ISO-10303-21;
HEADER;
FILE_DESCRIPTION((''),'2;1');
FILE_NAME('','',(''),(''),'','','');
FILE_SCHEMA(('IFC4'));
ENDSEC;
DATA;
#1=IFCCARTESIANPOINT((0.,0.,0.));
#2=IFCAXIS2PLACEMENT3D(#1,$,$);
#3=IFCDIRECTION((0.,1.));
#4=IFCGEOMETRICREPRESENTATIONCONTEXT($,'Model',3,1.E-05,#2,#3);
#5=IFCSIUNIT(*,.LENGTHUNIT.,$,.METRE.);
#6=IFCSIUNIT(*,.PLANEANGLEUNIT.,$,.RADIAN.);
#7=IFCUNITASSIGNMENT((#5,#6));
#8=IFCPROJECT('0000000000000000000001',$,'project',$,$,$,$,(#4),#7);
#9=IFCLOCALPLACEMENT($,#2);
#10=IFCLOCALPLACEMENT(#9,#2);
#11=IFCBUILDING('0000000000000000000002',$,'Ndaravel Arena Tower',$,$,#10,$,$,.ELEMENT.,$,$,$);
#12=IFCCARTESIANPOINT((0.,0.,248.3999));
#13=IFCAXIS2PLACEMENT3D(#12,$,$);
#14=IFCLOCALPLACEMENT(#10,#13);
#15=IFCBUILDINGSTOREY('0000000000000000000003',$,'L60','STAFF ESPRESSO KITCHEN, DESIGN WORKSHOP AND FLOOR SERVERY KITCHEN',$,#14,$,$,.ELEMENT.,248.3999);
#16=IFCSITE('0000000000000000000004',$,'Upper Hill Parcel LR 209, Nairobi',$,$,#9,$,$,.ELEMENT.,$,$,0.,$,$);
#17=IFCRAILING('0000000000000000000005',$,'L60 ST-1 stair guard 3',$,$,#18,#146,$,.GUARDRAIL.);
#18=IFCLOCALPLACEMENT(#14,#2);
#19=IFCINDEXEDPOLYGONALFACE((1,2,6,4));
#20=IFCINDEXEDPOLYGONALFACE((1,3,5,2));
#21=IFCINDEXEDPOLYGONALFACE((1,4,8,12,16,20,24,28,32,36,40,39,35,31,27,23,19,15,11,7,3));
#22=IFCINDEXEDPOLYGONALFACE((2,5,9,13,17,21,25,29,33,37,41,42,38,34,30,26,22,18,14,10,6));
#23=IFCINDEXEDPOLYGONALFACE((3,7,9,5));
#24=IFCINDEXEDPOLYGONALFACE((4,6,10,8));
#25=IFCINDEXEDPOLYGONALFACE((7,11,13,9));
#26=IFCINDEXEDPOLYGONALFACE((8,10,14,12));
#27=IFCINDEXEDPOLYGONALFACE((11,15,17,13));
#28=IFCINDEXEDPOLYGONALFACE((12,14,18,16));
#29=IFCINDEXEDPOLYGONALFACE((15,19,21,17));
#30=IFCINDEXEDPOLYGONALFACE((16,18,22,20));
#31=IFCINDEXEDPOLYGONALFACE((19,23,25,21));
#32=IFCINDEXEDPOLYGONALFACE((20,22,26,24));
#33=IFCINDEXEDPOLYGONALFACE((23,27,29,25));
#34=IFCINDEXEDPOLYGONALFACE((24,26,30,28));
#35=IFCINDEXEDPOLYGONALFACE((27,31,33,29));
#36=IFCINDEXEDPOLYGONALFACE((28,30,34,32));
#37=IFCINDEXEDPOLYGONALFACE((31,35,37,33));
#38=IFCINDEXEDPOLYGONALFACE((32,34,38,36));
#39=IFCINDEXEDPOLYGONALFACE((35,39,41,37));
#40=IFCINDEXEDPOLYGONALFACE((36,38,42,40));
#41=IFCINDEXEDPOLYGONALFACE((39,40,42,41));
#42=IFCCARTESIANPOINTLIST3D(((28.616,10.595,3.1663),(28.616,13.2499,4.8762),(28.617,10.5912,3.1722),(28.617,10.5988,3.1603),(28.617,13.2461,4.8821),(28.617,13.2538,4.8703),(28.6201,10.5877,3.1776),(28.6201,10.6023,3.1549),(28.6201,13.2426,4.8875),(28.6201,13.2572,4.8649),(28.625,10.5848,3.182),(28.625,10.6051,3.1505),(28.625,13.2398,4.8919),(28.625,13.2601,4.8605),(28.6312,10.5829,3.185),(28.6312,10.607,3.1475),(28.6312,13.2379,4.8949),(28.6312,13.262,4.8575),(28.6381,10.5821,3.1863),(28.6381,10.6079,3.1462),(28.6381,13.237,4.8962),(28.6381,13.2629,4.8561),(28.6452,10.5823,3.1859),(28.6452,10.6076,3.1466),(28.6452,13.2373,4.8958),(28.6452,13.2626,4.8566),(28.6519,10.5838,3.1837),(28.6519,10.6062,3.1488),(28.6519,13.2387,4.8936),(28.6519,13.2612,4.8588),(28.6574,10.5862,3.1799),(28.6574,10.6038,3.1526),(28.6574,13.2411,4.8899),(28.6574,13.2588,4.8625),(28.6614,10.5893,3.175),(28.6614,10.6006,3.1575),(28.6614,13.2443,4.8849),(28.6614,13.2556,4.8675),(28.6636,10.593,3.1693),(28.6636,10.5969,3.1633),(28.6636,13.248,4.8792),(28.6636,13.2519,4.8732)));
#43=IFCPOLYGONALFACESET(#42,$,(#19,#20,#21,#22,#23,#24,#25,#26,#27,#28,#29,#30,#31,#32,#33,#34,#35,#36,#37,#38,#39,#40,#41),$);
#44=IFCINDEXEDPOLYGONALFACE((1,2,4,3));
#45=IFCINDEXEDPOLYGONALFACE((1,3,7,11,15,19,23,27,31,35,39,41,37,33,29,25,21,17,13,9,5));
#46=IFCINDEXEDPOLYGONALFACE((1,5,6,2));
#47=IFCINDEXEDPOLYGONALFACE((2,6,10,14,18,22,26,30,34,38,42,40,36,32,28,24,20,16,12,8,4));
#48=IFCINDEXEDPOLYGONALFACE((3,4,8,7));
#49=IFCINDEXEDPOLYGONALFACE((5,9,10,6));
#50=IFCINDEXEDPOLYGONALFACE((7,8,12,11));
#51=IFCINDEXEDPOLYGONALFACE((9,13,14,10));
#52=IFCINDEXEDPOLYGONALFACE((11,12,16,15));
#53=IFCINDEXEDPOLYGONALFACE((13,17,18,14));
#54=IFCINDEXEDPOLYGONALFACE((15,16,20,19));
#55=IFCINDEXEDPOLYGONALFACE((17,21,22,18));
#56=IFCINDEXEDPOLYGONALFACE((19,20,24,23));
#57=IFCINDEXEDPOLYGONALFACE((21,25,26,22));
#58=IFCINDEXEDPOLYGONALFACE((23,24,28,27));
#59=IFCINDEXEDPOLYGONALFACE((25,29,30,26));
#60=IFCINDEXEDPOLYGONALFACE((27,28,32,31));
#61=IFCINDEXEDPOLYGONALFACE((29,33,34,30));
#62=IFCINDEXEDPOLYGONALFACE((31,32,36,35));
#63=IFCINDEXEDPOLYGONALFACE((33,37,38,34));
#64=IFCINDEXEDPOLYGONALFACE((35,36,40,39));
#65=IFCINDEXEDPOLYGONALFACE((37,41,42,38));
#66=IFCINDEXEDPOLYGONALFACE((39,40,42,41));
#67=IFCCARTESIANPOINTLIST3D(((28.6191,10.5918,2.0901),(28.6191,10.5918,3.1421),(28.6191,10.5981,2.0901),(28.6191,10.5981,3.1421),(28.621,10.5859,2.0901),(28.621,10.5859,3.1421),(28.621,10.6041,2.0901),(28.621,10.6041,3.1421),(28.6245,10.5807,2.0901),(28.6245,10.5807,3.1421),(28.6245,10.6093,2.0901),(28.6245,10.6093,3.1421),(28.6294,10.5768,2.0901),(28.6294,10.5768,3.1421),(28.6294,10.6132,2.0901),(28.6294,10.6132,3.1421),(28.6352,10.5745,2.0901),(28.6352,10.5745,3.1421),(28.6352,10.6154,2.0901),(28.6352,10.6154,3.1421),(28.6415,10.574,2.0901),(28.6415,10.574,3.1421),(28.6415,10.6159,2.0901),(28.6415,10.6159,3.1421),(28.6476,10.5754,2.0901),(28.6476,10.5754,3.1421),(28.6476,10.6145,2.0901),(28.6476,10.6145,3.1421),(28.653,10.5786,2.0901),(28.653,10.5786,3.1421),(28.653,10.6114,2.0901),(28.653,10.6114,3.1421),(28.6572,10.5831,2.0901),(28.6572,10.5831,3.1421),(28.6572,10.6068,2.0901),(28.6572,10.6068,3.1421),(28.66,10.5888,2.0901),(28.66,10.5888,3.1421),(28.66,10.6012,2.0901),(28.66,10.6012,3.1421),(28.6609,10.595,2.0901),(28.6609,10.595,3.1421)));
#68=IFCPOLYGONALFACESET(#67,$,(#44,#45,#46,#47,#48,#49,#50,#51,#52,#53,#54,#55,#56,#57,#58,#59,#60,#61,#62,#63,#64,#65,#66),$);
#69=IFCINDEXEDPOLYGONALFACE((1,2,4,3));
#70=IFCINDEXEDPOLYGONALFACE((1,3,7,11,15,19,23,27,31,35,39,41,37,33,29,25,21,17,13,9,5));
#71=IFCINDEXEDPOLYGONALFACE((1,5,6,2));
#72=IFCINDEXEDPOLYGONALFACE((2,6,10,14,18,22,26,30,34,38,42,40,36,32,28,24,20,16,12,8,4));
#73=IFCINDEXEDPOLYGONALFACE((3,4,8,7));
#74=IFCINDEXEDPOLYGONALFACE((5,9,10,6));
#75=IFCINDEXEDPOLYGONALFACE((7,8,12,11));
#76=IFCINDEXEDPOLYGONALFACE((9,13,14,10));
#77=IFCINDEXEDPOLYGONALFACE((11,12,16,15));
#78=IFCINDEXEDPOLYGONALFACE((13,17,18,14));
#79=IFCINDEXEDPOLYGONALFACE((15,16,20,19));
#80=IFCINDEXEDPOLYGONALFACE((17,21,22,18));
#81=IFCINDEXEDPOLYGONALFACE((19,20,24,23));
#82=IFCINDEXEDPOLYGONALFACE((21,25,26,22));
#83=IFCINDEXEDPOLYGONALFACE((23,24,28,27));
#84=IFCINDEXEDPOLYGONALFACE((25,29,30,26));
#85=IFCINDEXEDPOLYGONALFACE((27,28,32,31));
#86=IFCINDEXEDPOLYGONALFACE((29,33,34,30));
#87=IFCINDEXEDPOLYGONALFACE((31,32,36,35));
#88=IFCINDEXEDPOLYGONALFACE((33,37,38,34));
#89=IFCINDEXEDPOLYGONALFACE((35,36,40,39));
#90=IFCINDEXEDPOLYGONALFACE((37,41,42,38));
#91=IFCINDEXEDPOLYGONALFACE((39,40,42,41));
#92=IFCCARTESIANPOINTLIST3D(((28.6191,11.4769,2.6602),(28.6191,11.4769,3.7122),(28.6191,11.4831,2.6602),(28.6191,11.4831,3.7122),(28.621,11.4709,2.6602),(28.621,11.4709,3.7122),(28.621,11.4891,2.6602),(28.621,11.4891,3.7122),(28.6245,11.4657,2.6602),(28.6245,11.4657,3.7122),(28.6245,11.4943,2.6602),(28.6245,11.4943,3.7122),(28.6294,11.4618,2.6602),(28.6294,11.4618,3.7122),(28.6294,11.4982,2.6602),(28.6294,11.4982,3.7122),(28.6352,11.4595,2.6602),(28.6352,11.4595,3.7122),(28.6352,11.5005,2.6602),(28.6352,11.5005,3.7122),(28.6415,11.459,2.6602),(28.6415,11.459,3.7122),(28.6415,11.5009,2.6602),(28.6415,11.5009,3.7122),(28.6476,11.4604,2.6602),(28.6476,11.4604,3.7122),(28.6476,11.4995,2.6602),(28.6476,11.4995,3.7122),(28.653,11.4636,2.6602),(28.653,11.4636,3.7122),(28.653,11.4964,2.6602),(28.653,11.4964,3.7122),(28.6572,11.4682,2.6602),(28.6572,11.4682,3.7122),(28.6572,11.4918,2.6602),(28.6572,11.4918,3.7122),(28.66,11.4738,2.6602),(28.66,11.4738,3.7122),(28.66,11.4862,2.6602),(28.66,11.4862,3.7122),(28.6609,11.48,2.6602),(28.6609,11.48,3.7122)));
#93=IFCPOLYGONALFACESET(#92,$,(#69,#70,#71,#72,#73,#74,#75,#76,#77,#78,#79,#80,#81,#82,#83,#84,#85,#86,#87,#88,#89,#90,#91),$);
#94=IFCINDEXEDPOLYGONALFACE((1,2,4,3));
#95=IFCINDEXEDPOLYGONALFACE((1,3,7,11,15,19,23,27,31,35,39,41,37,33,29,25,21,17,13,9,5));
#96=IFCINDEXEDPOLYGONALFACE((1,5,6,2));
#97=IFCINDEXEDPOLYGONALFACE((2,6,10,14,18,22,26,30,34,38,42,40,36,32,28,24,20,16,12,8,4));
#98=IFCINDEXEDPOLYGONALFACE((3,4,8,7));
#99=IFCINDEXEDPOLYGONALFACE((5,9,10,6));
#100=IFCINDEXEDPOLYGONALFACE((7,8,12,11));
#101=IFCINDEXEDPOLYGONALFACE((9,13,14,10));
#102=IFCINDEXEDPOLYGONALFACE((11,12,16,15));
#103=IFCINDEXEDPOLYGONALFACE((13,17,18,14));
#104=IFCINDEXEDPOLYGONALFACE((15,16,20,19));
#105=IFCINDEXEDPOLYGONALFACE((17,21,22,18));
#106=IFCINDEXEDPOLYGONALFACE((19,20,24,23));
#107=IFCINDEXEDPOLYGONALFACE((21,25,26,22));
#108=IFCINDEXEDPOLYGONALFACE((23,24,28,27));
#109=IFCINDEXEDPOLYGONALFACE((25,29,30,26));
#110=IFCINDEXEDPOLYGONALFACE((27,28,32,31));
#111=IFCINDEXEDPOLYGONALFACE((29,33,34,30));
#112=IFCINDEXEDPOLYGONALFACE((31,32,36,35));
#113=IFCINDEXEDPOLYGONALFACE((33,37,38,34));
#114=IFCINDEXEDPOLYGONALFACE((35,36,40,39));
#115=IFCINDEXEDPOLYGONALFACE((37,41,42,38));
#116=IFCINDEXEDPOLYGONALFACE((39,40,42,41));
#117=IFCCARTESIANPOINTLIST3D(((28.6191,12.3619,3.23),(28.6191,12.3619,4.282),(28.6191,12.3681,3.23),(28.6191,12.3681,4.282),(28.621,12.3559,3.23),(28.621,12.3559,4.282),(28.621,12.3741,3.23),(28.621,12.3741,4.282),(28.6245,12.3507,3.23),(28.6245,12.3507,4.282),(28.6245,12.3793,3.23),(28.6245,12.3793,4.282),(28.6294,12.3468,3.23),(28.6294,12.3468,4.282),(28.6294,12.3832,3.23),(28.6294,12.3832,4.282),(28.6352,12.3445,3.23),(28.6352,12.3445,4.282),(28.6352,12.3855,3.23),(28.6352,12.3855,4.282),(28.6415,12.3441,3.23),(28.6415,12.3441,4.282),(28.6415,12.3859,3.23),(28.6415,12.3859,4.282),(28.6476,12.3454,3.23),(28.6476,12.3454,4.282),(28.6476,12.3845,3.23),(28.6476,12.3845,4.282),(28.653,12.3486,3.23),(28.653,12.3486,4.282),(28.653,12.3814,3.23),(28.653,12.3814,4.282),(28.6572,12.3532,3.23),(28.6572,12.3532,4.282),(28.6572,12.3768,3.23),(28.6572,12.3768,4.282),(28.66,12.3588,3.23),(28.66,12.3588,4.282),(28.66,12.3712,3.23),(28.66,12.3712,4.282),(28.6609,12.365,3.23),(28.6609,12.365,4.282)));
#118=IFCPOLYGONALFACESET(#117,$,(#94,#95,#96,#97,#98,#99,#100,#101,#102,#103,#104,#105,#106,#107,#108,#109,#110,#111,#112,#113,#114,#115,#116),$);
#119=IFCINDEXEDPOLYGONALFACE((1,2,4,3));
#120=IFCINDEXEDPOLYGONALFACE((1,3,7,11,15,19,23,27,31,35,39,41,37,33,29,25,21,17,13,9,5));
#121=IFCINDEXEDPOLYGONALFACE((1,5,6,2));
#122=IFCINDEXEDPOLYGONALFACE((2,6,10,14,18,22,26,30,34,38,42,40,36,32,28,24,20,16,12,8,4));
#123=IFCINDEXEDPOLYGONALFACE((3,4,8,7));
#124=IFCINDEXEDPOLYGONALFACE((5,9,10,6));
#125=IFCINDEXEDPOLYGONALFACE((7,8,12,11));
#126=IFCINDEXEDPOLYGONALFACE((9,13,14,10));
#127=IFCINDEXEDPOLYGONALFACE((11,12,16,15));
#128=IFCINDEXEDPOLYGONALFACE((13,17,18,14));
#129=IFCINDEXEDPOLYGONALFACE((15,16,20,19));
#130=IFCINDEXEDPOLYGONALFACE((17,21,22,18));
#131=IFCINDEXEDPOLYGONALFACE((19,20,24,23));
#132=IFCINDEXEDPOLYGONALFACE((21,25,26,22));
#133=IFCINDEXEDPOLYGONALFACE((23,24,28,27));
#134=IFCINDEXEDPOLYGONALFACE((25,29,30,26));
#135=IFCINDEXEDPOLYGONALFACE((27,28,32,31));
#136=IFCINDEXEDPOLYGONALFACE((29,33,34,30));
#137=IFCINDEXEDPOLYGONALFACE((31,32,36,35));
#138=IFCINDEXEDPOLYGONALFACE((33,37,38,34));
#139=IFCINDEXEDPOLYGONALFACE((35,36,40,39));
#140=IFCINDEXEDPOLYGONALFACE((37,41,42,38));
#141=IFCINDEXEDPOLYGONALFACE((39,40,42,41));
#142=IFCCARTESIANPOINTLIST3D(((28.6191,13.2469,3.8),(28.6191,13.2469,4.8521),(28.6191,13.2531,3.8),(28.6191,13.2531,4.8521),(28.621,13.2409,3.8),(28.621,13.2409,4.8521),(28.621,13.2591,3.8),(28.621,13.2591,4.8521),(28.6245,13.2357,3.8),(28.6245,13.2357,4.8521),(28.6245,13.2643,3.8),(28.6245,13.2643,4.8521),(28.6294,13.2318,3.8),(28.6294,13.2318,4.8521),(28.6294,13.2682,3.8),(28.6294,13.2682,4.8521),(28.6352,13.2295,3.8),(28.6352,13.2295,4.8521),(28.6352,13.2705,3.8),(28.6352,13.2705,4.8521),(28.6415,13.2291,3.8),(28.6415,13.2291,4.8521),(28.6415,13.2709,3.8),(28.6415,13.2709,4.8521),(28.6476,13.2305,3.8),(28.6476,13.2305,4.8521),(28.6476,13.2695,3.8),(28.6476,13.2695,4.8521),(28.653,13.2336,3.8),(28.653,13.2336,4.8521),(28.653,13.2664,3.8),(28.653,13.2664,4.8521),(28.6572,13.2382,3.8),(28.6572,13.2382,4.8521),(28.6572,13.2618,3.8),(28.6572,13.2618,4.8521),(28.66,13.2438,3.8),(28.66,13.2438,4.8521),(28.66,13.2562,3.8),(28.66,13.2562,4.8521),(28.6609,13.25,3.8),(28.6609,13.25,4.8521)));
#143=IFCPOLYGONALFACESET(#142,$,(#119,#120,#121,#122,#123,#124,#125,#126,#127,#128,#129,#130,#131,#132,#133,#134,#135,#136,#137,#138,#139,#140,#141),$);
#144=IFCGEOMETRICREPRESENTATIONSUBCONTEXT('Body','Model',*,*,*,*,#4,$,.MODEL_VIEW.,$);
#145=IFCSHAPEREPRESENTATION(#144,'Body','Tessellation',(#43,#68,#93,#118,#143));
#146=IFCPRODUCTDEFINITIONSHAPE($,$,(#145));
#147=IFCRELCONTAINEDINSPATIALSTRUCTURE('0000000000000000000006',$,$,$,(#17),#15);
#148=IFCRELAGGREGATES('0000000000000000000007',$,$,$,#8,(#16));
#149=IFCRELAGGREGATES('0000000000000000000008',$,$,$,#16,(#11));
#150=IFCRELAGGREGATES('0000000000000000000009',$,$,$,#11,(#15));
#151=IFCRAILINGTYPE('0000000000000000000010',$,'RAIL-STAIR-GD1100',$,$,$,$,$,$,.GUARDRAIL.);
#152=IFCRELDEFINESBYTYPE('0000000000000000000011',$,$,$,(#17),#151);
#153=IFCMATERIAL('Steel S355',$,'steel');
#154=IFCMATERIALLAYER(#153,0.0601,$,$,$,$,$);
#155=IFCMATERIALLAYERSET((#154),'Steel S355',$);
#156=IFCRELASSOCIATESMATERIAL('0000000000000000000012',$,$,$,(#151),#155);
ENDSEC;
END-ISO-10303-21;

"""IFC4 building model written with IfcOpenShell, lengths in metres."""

from ifc_helpers import new_model, si_unit, direction, frame, origin, origin_2d, place, context, subcontext, project, spatial, circle, extrude, material, layer, layer_set, type_object, element, save


model = new_model("IFC4")

# Units and contexts
model_context = context("Model", 3, precision=1e-05, world=origin(), true_north=direction((0.0, 1.0)))
body_context = subcontext(model_context, "Body", "Model", "MODEL_VIEW")
ifc_project = project(units=[si_unit("LENGTHUNIT", "METRE"), si_unit("PLANEANGLEUNIT", "RADIAN")], contexts=[model_context])

# Site, building, storey
site_placement = place(None, origin())
site = spatial("IfcSite", under=ifc_project, at=site_placement, Name="Upper Hill Parcel LR 209, Nairobi", CompositionType="ELEMENT", RefElevation=0.0)
building_placement = place(site_placement, origin())
building = spatial("IfcBuilding", under=site, at=building_placement, Name="Ndaravel Arena Tower", CompositionType="ELEMENT")
storey_placement = place(building_placement, frame((0.0, 0.0, 248.3999)))
storey = spatial("IfcBuildingStorey", under=building, at=storey_placement, Name="L60", Description="STAFF ESPRESSO KITCHEN, DESIGN WORKSHOP AND FLOOR SERVERY KITCHEN", CompositionType="ELEMENT", Elevation=248.3999)

# Railing
ifc_material_1 = material(Name="Steel S355", Category="steel")
ifc_layer_1 = layer(ifc_material_1, 0.0601)
ifc_layer_set_1 = layer_set([ifc_layer_1], Name="Steel S355")
railing_type_1 = type_object("IfcRailingType", Name="RAIL-STAIR-GD1100", PredefinedType="GUARDRAIL", material=ifc_layer_set_1)
railing_1_placement = place(storey_placement, frame((28.6399, 10.595, 2.0901)))
element("IfcRailing", 1, at=railing_1_placement, inside=storey, type_object=railing_type_1, Name="L60 ST-1 stair guard 3", PredefinedType="GUARDRAIL", context=body_context, shape_type="SweptSolid", body=[
    extrude(circle(Radius=0.0239, at=origin_2d()), frame((0.0, 0.0, 1.0762), z_axis=(0.0, 0.840724, 0.541465), x_axis=(-1.0, 0.0, 0.0)), (0.0, 0.0, 1.0), 3.158),
    extrude(circle(Radius=0.021, at=origin_2d()), origin(), (0.0, 0.0, 1.0), 1.052),
    extrude(circle(Radius=0.021, at=origin_2d()), frame((0.0, 0.885, 0.5701)), (0.0, 0.0, 1.0), 1.052),
    extrude(circle(Radius=0.021, at=origin_2d()), frame((0.0, 1.77, 1.1399)), (0.0, 0.0, 1.0), 1.052),
    extrude(circle(Radius=0.021, at=origin_2d()), frame((0.0, 2.655, 1.71)), (0.0, 0.0, 1.0), 1.052),
])

save(model, "model.ifc")
